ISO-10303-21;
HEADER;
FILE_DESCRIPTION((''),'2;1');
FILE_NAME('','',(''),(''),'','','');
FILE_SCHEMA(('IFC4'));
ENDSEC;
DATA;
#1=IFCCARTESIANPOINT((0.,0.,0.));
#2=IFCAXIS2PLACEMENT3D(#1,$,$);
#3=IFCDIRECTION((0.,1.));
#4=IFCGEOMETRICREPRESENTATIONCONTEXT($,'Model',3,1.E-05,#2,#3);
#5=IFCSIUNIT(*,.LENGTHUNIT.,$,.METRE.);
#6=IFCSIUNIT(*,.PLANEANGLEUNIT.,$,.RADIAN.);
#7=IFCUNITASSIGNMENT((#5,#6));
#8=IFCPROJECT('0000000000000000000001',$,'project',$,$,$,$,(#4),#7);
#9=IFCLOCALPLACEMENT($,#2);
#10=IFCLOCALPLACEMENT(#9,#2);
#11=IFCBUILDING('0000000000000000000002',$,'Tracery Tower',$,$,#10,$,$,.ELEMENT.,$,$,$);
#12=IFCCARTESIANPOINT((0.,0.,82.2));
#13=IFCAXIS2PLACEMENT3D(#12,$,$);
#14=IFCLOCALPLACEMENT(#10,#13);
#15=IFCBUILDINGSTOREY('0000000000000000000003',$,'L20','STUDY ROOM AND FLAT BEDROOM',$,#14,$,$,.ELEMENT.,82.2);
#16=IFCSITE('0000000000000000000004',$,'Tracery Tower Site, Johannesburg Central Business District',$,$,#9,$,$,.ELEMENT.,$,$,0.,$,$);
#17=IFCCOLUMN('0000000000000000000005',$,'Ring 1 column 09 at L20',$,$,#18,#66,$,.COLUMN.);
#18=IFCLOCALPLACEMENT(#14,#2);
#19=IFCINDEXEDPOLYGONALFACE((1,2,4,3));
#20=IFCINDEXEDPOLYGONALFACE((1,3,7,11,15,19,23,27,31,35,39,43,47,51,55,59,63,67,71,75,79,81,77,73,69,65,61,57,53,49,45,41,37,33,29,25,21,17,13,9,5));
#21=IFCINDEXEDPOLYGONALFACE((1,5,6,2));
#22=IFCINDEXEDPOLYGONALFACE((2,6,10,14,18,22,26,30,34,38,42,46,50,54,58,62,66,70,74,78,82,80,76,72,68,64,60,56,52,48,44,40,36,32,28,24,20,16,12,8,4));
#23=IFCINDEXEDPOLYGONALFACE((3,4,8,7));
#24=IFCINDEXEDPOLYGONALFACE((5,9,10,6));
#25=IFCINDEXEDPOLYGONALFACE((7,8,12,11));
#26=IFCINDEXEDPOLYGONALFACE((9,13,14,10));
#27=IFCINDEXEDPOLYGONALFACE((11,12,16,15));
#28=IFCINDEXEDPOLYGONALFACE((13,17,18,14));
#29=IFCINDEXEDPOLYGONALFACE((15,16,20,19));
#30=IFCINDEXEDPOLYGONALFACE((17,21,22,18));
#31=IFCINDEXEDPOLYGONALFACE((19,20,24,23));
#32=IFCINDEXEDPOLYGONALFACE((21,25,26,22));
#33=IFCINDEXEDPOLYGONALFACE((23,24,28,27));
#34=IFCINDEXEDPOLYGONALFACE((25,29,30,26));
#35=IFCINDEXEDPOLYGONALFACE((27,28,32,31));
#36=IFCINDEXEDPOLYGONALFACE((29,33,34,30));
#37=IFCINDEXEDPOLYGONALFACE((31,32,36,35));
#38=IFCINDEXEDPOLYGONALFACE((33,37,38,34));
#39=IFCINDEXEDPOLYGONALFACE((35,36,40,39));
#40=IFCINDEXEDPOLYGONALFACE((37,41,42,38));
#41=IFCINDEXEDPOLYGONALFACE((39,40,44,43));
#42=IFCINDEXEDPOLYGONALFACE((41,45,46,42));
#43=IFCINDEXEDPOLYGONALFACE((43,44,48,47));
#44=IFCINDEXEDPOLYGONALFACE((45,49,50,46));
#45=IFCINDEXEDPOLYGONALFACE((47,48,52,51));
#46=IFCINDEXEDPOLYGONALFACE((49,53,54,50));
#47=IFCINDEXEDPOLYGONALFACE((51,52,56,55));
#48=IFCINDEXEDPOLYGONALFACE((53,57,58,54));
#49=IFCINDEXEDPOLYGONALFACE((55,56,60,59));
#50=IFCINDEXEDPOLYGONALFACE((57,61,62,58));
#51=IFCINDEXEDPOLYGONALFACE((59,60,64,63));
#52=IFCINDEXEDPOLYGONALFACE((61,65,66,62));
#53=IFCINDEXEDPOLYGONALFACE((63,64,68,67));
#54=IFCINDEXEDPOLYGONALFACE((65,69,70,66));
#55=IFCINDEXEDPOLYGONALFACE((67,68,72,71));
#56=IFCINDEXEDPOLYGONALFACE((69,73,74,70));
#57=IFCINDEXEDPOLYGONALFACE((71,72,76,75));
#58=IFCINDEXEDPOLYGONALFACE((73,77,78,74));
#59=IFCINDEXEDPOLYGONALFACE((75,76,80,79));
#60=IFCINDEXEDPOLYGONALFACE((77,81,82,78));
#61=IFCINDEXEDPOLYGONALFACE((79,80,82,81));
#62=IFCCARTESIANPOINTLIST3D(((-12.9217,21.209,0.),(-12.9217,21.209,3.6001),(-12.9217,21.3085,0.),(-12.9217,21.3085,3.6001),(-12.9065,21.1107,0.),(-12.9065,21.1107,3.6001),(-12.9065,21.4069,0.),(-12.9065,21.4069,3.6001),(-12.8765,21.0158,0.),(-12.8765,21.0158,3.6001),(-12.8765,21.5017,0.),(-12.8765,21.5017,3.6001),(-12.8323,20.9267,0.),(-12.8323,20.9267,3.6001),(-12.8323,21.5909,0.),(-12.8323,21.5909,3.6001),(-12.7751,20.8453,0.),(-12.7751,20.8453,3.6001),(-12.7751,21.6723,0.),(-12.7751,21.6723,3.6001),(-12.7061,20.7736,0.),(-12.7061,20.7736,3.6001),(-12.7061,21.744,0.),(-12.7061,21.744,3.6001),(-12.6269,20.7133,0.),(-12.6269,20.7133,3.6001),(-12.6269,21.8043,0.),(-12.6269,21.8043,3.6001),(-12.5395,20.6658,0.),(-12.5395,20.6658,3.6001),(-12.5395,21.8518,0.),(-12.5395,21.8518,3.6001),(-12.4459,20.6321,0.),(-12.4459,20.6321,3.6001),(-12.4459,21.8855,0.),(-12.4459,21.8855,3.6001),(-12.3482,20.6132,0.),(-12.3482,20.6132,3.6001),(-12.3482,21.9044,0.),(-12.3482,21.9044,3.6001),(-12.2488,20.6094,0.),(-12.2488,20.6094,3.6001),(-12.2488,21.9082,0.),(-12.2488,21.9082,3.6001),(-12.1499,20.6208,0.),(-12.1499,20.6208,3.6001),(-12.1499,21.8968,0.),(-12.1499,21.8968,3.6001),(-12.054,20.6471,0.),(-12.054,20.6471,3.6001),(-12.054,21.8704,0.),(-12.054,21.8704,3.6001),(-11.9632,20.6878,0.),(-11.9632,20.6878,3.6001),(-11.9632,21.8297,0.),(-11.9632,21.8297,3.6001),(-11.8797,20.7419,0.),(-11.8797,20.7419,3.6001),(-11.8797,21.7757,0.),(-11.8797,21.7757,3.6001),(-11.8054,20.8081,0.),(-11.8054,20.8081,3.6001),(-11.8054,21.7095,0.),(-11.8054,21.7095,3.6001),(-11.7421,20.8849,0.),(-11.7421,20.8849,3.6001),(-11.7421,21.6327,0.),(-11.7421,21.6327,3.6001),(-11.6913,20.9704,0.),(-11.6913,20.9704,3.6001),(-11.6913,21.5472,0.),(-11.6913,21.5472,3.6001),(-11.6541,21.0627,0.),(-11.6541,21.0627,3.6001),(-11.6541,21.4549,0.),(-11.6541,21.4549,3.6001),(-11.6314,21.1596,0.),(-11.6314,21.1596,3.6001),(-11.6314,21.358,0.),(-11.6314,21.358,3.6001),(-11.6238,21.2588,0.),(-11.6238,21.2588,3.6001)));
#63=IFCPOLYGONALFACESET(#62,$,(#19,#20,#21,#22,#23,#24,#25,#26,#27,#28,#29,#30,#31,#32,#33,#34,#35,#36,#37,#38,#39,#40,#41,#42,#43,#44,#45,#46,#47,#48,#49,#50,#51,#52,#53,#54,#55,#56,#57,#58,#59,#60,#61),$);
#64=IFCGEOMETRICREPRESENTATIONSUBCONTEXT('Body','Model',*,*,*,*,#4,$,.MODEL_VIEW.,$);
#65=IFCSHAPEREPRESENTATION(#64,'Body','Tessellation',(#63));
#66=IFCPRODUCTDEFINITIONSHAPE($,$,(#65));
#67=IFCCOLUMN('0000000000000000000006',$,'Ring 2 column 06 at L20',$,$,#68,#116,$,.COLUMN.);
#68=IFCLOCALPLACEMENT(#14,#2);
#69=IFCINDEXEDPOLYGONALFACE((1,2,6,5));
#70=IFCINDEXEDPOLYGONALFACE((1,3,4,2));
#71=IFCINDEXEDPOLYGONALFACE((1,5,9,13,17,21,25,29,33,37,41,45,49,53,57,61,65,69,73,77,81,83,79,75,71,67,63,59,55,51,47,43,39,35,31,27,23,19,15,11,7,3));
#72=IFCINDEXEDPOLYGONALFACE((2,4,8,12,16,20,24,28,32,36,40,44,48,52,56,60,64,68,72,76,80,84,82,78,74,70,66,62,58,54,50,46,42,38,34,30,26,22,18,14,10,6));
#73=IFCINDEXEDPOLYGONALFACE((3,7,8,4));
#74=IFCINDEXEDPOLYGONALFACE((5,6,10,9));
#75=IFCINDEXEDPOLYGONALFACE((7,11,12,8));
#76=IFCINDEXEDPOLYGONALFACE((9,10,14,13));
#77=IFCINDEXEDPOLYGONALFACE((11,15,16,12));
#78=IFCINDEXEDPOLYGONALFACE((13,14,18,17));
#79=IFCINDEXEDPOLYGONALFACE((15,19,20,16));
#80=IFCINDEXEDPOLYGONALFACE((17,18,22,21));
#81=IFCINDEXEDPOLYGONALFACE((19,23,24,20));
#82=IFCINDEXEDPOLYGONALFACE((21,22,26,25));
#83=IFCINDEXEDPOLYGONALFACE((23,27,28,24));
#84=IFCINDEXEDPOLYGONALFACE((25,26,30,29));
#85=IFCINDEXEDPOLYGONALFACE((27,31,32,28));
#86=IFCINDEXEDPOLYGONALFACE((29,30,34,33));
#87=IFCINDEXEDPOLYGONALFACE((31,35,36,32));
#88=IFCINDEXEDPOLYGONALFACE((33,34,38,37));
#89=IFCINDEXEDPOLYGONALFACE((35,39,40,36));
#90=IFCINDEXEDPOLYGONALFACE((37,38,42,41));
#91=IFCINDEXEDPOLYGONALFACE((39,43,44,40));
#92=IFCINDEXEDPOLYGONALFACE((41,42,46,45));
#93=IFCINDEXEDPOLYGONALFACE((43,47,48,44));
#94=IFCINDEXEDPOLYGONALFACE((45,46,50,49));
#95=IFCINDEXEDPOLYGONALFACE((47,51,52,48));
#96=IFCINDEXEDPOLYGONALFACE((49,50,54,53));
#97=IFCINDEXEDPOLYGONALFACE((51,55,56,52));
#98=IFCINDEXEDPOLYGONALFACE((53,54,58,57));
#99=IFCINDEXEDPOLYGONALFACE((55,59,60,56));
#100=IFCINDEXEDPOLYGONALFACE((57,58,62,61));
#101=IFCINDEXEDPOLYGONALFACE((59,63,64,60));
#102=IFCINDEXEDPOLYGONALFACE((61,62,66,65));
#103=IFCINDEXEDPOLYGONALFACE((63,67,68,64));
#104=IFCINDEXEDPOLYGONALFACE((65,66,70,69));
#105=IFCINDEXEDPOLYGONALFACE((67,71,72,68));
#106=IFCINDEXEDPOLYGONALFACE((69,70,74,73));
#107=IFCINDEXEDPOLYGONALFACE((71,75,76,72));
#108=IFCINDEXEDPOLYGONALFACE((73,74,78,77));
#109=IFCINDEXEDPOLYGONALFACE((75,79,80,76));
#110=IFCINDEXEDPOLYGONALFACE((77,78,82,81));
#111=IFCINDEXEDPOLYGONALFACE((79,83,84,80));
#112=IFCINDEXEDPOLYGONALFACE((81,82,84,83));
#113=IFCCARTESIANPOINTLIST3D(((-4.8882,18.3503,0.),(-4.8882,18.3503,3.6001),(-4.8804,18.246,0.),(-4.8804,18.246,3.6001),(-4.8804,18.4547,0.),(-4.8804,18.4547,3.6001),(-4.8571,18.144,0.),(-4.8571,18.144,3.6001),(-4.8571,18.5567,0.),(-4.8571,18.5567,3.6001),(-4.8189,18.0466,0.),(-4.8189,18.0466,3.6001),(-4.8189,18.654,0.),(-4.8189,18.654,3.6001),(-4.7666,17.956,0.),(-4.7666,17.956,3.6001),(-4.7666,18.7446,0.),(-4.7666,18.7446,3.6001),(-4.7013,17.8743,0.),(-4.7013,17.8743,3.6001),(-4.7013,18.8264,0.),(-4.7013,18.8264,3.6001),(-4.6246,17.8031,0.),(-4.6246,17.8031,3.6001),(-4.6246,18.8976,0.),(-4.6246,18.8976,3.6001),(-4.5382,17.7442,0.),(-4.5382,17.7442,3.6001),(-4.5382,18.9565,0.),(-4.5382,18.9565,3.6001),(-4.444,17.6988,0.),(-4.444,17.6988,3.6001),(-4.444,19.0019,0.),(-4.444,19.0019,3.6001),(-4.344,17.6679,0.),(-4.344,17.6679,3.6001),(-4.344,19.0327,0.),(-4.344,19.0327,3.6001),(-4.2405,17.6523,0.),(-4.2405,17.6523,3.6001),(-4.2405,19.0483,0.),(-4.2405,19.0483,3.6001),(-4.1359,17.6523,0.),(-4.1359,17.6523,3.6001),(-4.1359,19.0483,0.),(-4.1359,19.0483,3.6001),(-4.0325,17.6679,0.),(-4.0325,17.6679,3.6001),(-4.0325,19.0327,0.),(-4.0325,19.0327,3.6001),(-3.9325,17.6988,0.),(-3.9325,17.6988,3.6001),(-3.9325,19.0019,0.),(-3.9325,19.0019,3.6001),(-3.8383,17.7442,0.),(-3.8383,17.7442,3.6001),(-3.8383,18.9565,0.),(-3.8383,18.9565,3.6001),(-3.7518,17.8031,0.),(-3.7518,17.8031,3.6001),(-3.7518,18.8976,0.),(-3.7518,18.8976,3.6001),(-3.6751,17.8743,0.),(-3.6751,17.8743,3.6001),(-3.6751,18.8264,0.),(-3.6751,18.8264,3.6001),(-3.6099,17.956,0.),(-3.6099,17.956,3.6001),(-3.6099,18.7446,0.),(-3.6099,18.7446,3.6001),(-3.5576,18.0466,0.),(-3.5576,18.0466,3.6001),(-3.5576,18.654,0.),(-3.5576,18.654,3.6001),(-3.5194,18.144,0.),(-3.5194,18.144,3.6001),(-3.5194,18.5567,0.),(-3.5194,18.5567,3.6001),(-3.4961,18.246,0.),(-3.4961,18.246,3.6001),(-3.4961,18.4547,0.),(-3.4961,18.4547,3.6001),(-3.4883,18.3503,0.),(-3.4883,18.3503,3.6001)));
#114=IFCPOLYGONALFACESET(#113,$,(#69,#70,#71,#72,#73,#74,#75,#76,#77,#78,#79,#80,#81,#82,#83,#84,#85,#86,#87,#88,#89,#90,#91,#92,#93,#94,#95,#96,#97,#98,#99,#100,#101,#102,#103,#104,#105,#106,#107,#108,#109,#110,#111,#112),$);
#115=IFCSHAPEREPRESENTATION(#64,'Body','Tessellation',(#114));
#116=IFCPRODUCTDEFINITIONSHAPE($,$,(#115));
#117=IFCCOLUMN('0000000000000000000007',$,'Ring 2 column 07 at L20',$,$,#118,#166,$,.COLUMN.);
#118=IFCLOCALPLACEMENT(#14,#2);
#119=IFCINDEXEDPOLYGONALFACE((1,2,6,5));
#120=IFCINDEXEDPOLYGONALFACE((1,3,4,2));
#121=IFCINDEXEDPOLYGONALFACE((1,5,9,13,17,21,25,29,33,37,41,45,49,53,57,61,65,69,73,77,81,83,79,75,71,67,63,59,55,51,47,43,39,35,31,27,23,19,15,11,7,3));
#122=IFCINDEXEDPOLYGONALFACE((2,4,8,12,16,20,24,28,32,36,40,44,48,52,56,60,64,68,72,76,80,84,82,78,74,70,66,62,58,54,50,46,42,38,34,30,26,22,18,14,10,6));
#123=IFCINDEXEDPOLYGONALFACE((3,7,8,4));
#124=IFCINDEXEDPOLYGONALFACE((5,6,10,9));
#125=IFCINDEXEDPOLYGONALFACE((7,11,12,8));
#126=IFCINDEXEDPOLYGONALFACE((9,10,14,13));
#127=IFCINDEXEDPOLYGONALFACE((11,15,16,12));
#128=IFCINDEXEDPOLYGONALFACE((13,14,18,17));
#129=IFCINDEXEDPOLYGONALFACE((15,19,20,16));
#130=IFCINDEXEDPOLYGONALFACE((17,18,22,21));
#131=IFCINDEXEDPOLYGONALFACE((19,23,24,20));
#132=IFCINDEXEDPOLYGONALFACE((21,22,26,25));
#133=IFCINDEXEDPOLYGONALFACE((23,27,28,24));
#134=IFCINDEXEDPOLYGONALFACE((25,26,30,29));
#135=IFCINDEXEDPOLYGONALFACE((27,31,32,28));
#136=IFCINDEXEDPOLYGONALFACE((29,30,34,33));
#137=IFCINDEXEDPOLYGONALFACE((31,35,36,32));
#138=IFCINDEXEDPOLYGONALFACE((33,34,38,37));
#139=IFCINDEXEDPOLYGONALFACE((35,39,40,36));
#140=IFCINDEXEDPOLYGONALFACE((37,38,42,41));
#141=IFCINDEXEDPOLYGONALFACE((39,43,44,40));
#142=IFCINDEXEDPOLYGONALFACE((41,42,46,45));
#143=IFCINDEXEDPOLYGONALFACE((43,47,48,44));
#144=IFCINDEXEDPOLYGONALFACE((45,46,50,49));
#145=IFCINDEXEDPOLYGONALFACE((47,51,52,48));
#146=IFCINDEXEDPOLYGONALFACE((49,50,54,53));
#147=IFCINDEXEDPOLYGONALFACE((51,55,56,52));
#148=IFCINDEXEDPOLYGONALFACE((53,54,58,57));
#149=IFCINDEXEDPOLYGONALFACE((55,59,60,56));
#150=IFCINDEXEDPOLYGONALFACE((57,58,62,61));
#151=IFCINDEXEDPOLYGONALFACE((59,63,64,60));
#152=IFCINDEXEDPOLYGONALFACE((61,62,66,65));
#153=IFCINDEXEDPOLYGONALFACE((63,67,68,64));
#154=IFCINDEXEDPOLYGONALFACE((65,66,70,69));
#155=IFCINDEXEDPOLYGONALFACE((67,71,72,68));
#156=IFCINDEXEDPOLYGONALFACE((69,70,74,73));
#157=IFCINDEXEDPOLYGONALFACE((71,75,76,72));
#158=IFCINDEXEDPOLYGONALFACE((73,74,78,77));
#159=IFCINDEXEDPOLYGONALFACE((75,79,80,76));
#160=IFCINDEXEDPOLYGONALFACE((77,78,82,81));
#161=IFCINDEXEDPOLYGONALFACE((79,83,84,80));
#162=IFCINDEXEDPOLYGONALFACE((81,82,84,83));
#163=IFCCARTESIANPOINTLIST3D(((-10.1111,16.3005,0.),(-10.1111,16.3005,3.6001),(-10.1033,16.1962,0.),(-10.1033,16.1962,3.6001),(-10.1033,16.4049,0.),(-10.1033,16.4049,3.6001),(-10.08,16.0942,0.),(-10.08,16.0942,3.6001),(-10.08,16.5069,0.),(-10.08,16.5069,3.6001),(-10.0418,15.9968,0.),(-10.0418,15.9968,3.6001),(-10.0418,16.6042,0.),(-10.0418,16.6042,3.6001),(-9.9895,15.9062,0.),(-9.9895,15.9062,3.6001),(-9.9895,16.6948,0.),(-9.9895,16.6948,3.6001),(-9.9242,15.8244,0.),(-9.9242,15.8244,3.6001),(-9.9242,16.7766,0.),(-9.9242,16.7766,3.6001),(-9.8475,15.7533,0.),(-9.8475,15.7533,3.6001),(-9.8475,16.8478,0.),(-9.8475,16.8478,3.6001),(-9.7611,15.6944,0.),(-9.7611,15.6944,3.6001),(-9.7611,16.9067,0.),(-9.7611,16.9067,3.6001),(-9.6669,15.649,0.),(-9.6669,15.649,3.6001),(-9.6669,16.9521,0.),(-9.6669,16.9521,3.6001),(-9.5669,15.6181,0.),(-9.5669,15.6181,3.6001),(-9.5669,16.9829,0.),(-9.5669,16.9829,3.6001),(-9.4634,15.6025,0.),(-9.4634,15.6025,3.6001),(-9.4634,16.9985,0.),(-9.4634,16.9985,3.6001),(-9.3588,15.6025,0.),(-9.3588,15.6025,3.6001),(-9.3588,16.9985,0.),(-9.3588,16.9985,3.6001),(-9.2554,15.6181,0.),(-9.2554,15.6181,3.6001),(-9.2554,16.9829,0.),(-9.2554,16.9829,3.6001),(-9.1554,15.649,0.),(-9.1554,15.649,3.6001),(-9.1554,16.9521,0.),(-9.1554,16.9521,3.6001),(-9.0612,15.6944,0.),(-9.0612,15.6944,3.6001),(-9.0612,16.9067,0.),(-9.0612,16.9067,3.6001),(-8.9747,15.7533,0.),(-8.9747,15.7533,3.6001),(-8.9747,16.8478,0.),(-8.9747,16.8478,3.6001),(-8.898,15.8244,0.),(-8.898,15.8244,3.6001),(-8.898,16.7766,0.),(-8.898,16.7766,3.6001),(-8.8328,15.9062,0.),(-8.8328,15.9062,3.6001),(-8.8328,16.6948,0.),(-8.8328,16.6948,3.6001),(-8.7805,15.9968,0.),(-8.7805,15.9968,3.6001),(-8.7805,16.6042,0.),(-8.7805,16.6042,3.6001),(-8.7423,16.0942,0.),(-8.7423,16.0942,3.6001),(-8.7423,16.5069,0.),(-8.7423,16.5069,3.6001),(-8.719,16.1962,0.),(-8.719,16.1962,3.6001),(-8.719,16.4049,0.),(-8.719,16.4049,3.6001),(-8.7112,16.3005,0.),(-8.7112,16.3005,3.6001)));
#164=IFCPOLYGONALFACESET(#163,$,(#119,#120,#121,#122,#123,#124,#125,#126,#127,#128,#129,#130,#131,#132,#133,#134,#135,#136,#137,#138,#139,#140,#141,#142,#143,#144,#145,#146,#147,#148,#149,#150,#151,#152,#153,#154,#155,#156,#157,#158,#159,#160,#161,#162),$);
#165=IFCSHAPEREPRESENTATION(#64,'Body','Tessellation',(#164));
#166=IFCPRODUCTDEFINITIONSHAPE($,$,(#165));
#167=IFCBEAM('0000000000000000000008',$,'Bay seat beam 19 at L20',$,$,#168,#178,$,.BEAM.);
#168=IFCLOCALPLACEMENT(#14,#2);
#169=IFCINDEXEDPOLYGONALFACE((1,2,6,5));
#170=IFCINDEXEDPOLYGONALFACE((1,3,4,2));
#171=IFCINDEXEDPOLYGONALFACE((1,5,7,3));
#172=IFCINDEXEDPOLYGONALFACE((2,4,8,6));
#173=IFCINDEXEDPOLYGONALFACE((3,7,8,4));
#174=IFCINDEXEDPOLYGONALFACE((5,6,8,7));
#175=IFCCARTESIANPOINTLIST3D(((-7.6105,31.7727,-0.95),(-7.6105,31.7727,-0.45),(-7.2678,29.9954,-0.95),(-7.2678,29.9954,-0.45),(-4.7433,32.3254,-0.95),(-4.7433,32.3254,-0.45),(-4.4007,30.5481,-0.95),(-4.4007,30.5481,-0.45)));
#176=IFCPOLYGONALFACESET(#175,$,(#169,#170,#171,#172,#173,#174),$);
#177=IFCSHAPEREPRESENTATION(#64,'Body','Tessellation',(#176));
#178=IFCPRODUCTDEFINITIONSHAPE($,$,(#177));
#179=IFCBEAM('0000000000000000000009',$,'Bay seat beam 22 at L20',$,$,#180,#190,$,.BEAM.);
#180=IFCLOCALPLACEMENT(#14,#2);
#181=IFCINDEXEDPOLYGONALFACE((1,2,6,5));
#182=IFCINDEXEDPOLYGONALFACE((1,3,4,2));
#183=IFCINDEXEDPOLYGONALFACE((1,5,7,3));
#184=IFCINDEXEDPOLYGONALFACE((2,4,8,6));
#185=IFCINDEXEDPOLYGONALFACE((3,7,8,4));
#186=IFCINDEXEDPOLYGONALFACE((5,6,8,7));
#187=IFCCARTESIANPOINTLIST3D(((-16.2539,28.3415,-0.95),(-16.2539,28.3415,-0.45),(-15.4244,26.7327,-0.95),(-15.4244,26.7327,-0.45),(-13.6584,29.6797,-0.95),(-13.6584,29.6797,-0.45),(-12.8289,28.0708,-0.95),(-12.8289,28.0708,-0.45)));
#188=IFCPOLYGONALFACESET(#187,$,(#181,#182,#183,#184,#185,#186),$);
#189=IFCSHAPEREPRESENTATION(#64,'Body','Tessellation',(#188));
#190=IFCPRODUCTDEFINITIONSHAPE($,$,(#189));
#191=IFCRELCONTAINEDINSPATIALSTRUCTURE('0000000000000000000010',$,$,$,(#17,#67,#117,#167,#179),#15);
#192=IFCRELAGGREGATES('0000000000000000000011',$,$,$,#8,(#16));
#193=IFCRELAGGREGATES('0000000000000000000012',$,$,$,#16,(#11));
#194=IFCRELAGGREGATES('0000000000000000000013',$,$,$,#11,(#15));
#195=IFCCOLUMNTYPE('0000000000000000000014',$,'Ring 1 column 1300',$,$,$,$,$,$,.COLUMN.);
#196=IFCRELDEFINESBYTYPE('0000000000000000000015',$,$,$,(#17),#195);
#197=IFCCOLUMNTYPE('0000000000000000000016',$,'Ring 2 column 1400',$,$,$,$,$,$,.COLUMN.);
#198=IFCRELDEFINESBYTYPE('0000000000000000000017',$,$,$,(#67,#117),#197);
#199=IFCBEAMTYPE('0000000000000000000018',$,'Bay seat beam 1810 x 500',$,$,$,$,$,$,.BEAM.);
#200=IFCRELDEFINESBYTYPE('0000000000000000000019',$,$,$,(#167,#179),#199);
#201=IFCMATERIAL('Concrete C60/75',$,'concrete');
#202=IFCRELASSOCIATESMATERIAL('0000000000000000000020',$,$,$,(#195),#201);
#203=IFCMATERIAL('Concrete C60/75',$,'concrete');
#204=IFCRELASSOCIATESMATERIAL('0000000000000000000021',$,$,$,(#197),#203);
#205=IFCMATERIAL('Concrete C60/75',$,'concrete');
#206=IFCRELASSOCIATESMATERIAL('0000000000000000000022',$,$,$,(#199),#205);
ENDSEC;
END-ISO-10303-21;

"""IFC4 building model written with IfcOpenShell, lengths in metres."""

from ifc_helpers import new_model, si_unit, direction, frame, origin, origin_2d, place, context, subcontext, project, spatial, rectangle, circle, extrude, material, material_profile, profile_set, type_object, element, save


model = new_model("IFC4")

# Units and contexts
model_context = context("Model", 3, precision=1e-05, world=origin(), true_north=direction((0.0, 1.0)))
body_context = subcontext(model_context, "Body", "Model", "MODEL_VIEW")
ifc_project = project(units=[si_unit("LENGTHUNIT", "METRE"), si_unit("PLANEANGLEUNIT", "RADIAN")], contexts=[model_context])

# Site, building, storey
site_placement = place(None, origin())
site = spatial("IfcSite", under=ifc_project, at=site_placement, Name="Tracery Tower Site, Johannesburg Central Business District", CompositionType="ELEMENT", RefElevation=0.0)
building_placement = place(site_placement, origin())
building = spatial("IfcBuilding", under=site, at=building_placement, Name="Tracery Tower", CompositionType="ELEMENT")
storey_placement = place(building_placement, frame((0.0, 0.0, 82.2)))
storey = spatial("IfcBuildingStorey", under=building, at=storey_placement, Name="L20", Description="STUDY ROOM AND FLAT BEDROOM", CompositionType="ELEMENT", Elevation=82.2)

# Columns
ifc_material_1 = material(Name="Concrete C60/75", Category="concrete")
ifc_material_profile_1 = material_profile(ifc_material_1, circle(Radius=0.6499, at=origin_2d()), Name="RC D1300")
ifc_profile_set_1 = profile_set([ifc_material_profile_1], Name="Concrete C60/75")
column_type_1 = type_object("IfcColumnType", Name="Ring 1 column 1300", PredefinedType="COLUMN", material=ifc_profile_set_1)
for number, where, z_axis, x_axis, name in (
    (1, (-12.2737, 21.2588, 0.0), (0.0, 0.0, 1.0), (1.0, 0.0, 0.0), "Ring 1 column 09 at L20"),
):
    element("IfcColumn", number, at=place(storey_placement, frame(where, z_axis=z_axis, x_axis=x_axis)), inside=storey, type_object=column_type_1, Name=name, PredefinedType="COLUMN", context=body_context, shape_type="SweptSolid", body=[
        extrude(circle(Radius=0.6499, at=origin_2d()), origin(), (0.0, 0.0, 1.0), 3.6001),
    ])
ifc_material_2 = material(Name="Concrete C60/75", Category="concrete")
ifc_material_profile_2 = material_profile(ifc_material_2, circle(Radius=0.7, at=origin_2d()), Name="RC D1400")
ifc_profile_set_2 = profile_set([ifc_material_profile_2], Name="Concrete C60/75")
column_type_2 = type_object("IfcColumnType", Name="Ring 2 column 1400", PredefinedType="COLUMN", material=ifc_profile_set_2)
for number, where, z_axis, x_axis, name in (
    (2, (-4.1882, 18.3503, 0.0), (0.0, 0.0, 1.0), (1.0, 0.0, 0.0), "Ring 2 column 06 at L20"),
    (3, (-9.4111, 16.3005, 0.0), (0.0, 0.0, 1.0), (1.0, 0.0, 0.0), "Ring 2 column 07 at L20"),
):
    element("IfcColumn", number, at=place(storey_placement, frame(where, z_axis=z_axis, x_axis=x_axis)), inside=storey, type_object=column_type_2, Name=name, PredefinedType="COLUMN", context=body_context, shape_type="SweptSolid", body=[
        extrude(circle(Radius=0.7, at=origin_2d()), origin(), (0.0, 0.0, 1.0), 3.6001),
    ])

# Beams
ifc_material_3 = material(Name="Concrete C60/75", Category="concrete")
ifc_material_profile_3 = material_profile(ifc_material_3, rectangle(XDim=1.8101, YDim=0.5, at=origin_2d()), Name="RC 1810x500")
ifc_profile_set_3 = profile_set([ifc_material_profile_3], Name="Concrete C60/75")
beam_type_1 = type_object("IfcBeamType", Name="Bay seat beam 1810 x 500", PredefinedType="BEAM", material=ifc_profile_set_3)
beam_1_placement = place(storey_placement, frame((-4.572, 31.4368, -0.7), z_axis=(-0.98192, -0.189294, 0.0), x_axis=(0.189294, -0.98192, 0.0)))
element("IfcBeam", 4, at=beam_1_placement, inside=storey, type_object=beam_type_1, Name="Bay seat beam 19 at L20", PredefinedType="BEAM", context=body_context, shape_type="SweptSolid", body=[
    extrude(rectangle(XDim=1.8101, YDim=0.5, at=origin_2d()), origin(), (0.0, 0.0, 1.0), 2.9199),
])
beam_2_placement = place(storey_placement, frame((-13.2437, 28.8752, -0.7), z_axis=(-0.888824, -0.458249, 0.0), x_axis=(0.458249, -0.888824, 0.0)))
element("IfcBeam", 5, at=beam_2_placement, inside=storey, type_object=beam_type_1, Name="Bay seat beam 22 at L20", PredefinedType="BEAM", context=body_context, shape_type="SweptSolid", body=[
    extrude(rectangle(XDim=1.8101, YDim=0.5, at=origin_2d()), origin(), (0.0, 0.0, 1.0), 2.9202),
])

save(model, "model.ifc")
